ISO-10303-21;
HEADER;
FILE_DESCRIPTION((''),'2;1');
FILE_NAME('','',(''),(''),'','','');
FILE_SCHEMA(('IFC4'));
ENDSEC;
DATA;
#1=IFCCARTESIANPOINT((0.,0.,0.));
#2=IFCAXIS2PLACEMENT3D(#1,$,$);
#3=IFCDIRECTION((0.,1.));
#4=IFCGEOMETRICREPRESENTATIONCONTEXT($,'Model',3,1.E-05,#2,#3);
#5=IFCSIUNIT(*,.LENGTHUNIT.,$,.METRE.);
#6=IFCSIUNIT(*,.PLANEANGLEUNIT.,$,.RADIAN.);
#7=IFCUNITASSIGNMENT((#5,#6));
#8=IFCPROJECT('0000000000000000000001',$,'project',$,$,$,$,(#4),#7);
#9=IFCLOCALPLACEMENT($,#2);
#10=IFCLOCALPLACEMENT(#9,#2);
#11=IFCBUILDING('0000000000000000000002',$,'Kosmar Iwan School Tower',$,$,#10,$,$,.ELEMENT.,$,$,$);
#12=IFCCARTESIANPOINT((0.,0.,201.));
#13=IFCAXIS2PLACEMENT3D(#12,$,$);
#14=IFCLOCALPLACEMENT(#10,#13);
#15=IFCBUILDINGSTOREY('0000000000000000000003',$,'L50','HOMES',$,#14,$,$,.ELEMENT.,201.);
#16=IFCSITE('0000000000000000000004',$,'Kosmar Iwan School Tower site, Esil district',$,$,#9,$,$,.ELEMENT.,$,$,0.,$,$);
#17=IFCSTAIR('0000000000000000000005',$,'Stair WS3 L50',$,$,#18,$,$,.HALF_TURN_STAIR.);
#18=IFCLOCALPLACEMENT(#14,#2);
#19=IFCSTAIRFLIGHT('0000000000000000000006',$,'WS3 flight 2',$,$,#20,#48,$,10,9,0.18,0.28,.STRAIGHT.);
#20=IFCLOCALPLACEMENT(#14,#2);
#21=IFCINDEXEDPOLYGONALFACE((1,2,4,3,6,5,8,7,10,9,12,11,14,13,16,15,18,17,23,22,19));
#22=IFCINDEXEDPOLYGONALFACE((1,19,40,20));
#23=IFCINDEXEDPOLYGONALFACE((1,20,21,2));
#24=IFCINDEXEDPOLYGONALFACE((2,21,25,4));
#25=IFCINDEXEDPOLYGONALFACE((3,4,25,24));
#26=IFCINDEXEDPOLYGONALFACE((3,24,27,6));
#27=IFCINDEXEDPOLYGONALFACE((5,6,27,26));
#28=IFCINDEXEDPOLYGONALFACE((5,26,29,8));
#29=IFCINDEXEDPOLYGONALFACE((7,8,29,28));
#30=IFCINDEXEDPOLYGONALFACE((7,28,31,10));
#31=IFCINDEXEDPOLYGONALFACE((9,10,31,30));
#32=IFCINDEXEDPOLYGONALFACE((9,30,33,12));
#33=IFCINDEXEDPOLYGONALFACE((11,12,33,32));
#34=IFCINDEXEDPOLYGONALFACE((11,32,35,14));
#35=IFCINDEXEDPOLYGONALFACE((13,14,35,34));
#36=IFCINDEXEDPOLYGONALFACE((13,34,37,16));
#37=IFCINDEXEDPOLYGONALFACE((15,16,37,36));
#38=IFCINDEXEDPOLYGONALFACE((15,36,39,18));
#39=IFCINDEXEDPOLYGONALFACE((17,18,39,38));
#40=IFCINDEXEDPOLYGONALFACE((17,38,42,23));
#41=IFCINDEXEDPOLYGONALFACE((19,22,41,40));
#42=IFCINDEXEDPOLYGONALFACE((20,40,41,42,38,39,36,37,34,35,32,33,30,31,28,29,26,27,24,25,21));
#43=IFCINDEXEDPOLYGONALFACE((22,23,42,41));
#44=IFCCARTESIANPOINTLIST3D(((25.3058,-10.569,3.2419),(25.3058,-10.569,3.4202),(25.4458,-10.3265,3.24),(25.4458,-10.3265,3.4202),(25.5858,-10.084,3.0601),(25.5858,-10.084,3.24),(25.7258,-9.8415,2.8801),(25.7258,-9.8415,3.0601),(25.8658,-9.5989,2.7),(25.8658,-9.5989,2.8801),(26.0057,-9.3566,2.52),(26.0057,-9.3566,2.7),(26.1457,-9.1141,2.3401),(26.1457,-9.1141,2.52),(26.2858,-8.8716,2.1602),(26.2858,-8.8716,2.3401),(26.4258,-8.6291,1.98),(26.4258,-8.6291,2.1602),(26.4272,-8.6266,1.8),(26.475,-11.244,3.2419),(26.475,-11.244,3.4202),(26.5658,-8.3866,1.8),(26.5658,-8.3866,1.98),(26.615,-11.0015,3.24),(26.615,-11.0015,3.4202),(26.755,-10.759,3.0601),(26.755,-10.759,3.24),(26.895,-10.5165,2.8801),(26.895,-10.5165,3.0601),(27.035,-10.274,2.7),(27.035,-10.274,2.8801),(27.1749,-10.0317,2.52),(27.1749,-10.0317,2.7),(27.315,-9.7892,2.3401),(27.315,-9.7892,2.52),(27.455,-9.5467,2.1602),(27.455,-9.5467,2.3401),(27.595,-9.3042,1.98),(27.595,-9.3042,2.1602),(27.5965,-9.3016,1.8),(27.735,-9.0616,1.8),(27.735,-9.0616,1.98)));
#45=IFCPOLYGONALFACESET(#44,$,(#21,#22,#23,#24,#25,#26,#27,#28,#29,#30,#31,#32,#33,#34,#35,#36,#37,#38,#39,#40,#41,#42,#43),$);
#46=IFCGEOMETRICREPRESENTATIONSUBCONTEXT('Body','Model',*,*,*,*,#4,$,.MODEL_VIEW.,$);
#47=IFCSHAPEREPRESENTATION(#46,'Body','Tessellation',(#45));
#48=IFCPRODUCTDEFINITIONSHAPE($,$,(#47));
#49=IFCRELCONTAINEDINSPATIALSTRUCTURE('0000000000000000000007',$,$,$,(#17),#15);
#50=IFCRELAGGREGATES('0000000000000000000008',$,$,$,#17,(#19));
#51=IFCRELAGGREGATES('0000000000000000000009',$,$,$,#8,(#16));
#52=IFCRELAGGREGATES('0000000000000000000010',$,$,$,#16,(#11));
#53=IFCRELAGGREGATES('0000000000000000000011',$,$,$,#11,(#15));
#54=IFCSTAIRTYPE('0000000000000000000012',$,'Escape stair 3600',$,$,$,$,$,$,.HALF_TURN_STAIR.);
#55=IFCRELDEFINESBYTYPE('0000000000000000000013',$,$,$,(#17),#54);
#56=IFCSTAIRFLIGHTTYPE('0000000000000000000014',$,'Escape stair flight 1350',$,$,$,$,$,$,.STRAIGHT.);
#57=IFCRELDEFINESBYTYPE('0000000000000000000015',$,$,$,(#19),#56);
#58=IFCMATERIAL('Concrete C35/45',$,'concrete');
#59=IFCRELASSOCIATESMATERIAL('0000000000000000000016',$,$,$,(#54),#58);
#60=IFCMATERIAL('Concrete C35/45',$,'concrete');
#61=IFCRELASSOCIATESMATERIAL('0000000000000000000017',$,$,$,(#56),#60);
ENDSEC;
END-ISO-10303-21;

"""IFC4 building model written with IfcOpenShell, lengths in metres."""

from ifc_helpers import new_model, si_unit, direction, frame, origin, place, context, subcontext, project, spatial, polyline, outline, extrude, material, type_object, element, aggregate, save


model = new_model("IFC4")

# Units and contexts
model_context = context("Model", 3, precision=1e-05, world=origin(), true_north=direction((0.0, 1.0)))
body_context = subcontext(model_context, "Body", "Model", "MODEL_VIEW")
ifc_project = project(units=[si_unit("LENGTHUNIT", "METRE"), si_unit("PLANEANGLEUNIT", "RADIAN")], contexts=[model_context])

# Site, building, storey
site_placement = place(None, origin())
site = spatial("IfcSite", under=ifc_project, at=site_placement, Name="Kosmar Iwan School Tower site, Esil district", CompositionType="ELEMENT", RefElevation=0.0)
building_placement = place(site_placement, origin())
building = spatial("IfcBuilding", under=site, at=building_placement, Name="Kosmar Iwan School Tower", CompositionType="ELEMENT")
storey_placement = place(building_placement, frame((0.0, 0.0, 201.0)))
storey = spatial("IfcBuildingStorey", under=building, at=storey_placement, Name="L50", Description="HOMES", CompositionType="ELEMENT", Elevation=201.0)

# Stair, stair flight
ifc_material_1 = material(Name="Concrete C35/45", Category="concrete")
stair_type = type_object("IfcStairType", Name="Escape stair 3600", PredefinedType="HALF_TURN_STAIR", material=ifc_material_1)
stair_placement = place(storey_placement, origin())
stair = element("IfcStair", 1, at=stair_placement, inside=storey, type_object=stair_type, Name="Stair WS3 L50", PredefinedType="HALF_TURN_STAIR")
ifc_material_2 = material(Name="Concrete C35/45", Category="concrete")
stair_flight_type = type_object("IfcStairFlightType", Name="Escape stair flight 1350", PredefinedType="STRAIGHT", material=ifc_material_2)
stair_flight_1_placement = place(storey_placement, frame((27.1504, -8.7241, 1.8), z_axis=(0.0, 0.0, 1.0), x_axis=(-0.5, -0.866025, 0.0)))
stair_flight_1 = element("IfcStairFlight", 2, at=stair_flight_1_placement, type_object=stair_flight_type, Name="WS3 flight 2", NumberOfRisers=10, NumberOfTreads=9, PredefinedType="STRAIGHT", RiserHeight=0.18, TreadLength=0.28, context=body_context, shape_type="SweptSolid", body=[
    extrude(outline(polyline([(0.0, 0.0), (0.0, 0.1799), (0.28, 0.1799), (0.28, 0.3601), (0.5601, 0.3601), (0.5601, 0.54), (0.8401, 0.54), (0.8401, 0.72), (1.1201, 0.72), (1.1201, 0.8999), (1.3999, 0.8999), (1.3999, 1.0801), (1.6799, 1.0801), (1.6799, 1.26), (1.96, 1.26), (1.96, 1.4399), (2.24, 1.4399), (2.24, 1.6201), (2.52, 1.6201), (2.52, 1.8), (2.52, 1.4419), (0.2771, 0.0), (0.0, 0.0)])), frame((0.0, 0.675, 0.0), z_axis=(0.0, -1.0, 0.0), x_axis=(1.0, 0.0, 0.0)), (0.0, 0.0, 1.0), 1.3501),
])
aggregate(stair, [stair_flight_1])

save(model, "model.ifc")
